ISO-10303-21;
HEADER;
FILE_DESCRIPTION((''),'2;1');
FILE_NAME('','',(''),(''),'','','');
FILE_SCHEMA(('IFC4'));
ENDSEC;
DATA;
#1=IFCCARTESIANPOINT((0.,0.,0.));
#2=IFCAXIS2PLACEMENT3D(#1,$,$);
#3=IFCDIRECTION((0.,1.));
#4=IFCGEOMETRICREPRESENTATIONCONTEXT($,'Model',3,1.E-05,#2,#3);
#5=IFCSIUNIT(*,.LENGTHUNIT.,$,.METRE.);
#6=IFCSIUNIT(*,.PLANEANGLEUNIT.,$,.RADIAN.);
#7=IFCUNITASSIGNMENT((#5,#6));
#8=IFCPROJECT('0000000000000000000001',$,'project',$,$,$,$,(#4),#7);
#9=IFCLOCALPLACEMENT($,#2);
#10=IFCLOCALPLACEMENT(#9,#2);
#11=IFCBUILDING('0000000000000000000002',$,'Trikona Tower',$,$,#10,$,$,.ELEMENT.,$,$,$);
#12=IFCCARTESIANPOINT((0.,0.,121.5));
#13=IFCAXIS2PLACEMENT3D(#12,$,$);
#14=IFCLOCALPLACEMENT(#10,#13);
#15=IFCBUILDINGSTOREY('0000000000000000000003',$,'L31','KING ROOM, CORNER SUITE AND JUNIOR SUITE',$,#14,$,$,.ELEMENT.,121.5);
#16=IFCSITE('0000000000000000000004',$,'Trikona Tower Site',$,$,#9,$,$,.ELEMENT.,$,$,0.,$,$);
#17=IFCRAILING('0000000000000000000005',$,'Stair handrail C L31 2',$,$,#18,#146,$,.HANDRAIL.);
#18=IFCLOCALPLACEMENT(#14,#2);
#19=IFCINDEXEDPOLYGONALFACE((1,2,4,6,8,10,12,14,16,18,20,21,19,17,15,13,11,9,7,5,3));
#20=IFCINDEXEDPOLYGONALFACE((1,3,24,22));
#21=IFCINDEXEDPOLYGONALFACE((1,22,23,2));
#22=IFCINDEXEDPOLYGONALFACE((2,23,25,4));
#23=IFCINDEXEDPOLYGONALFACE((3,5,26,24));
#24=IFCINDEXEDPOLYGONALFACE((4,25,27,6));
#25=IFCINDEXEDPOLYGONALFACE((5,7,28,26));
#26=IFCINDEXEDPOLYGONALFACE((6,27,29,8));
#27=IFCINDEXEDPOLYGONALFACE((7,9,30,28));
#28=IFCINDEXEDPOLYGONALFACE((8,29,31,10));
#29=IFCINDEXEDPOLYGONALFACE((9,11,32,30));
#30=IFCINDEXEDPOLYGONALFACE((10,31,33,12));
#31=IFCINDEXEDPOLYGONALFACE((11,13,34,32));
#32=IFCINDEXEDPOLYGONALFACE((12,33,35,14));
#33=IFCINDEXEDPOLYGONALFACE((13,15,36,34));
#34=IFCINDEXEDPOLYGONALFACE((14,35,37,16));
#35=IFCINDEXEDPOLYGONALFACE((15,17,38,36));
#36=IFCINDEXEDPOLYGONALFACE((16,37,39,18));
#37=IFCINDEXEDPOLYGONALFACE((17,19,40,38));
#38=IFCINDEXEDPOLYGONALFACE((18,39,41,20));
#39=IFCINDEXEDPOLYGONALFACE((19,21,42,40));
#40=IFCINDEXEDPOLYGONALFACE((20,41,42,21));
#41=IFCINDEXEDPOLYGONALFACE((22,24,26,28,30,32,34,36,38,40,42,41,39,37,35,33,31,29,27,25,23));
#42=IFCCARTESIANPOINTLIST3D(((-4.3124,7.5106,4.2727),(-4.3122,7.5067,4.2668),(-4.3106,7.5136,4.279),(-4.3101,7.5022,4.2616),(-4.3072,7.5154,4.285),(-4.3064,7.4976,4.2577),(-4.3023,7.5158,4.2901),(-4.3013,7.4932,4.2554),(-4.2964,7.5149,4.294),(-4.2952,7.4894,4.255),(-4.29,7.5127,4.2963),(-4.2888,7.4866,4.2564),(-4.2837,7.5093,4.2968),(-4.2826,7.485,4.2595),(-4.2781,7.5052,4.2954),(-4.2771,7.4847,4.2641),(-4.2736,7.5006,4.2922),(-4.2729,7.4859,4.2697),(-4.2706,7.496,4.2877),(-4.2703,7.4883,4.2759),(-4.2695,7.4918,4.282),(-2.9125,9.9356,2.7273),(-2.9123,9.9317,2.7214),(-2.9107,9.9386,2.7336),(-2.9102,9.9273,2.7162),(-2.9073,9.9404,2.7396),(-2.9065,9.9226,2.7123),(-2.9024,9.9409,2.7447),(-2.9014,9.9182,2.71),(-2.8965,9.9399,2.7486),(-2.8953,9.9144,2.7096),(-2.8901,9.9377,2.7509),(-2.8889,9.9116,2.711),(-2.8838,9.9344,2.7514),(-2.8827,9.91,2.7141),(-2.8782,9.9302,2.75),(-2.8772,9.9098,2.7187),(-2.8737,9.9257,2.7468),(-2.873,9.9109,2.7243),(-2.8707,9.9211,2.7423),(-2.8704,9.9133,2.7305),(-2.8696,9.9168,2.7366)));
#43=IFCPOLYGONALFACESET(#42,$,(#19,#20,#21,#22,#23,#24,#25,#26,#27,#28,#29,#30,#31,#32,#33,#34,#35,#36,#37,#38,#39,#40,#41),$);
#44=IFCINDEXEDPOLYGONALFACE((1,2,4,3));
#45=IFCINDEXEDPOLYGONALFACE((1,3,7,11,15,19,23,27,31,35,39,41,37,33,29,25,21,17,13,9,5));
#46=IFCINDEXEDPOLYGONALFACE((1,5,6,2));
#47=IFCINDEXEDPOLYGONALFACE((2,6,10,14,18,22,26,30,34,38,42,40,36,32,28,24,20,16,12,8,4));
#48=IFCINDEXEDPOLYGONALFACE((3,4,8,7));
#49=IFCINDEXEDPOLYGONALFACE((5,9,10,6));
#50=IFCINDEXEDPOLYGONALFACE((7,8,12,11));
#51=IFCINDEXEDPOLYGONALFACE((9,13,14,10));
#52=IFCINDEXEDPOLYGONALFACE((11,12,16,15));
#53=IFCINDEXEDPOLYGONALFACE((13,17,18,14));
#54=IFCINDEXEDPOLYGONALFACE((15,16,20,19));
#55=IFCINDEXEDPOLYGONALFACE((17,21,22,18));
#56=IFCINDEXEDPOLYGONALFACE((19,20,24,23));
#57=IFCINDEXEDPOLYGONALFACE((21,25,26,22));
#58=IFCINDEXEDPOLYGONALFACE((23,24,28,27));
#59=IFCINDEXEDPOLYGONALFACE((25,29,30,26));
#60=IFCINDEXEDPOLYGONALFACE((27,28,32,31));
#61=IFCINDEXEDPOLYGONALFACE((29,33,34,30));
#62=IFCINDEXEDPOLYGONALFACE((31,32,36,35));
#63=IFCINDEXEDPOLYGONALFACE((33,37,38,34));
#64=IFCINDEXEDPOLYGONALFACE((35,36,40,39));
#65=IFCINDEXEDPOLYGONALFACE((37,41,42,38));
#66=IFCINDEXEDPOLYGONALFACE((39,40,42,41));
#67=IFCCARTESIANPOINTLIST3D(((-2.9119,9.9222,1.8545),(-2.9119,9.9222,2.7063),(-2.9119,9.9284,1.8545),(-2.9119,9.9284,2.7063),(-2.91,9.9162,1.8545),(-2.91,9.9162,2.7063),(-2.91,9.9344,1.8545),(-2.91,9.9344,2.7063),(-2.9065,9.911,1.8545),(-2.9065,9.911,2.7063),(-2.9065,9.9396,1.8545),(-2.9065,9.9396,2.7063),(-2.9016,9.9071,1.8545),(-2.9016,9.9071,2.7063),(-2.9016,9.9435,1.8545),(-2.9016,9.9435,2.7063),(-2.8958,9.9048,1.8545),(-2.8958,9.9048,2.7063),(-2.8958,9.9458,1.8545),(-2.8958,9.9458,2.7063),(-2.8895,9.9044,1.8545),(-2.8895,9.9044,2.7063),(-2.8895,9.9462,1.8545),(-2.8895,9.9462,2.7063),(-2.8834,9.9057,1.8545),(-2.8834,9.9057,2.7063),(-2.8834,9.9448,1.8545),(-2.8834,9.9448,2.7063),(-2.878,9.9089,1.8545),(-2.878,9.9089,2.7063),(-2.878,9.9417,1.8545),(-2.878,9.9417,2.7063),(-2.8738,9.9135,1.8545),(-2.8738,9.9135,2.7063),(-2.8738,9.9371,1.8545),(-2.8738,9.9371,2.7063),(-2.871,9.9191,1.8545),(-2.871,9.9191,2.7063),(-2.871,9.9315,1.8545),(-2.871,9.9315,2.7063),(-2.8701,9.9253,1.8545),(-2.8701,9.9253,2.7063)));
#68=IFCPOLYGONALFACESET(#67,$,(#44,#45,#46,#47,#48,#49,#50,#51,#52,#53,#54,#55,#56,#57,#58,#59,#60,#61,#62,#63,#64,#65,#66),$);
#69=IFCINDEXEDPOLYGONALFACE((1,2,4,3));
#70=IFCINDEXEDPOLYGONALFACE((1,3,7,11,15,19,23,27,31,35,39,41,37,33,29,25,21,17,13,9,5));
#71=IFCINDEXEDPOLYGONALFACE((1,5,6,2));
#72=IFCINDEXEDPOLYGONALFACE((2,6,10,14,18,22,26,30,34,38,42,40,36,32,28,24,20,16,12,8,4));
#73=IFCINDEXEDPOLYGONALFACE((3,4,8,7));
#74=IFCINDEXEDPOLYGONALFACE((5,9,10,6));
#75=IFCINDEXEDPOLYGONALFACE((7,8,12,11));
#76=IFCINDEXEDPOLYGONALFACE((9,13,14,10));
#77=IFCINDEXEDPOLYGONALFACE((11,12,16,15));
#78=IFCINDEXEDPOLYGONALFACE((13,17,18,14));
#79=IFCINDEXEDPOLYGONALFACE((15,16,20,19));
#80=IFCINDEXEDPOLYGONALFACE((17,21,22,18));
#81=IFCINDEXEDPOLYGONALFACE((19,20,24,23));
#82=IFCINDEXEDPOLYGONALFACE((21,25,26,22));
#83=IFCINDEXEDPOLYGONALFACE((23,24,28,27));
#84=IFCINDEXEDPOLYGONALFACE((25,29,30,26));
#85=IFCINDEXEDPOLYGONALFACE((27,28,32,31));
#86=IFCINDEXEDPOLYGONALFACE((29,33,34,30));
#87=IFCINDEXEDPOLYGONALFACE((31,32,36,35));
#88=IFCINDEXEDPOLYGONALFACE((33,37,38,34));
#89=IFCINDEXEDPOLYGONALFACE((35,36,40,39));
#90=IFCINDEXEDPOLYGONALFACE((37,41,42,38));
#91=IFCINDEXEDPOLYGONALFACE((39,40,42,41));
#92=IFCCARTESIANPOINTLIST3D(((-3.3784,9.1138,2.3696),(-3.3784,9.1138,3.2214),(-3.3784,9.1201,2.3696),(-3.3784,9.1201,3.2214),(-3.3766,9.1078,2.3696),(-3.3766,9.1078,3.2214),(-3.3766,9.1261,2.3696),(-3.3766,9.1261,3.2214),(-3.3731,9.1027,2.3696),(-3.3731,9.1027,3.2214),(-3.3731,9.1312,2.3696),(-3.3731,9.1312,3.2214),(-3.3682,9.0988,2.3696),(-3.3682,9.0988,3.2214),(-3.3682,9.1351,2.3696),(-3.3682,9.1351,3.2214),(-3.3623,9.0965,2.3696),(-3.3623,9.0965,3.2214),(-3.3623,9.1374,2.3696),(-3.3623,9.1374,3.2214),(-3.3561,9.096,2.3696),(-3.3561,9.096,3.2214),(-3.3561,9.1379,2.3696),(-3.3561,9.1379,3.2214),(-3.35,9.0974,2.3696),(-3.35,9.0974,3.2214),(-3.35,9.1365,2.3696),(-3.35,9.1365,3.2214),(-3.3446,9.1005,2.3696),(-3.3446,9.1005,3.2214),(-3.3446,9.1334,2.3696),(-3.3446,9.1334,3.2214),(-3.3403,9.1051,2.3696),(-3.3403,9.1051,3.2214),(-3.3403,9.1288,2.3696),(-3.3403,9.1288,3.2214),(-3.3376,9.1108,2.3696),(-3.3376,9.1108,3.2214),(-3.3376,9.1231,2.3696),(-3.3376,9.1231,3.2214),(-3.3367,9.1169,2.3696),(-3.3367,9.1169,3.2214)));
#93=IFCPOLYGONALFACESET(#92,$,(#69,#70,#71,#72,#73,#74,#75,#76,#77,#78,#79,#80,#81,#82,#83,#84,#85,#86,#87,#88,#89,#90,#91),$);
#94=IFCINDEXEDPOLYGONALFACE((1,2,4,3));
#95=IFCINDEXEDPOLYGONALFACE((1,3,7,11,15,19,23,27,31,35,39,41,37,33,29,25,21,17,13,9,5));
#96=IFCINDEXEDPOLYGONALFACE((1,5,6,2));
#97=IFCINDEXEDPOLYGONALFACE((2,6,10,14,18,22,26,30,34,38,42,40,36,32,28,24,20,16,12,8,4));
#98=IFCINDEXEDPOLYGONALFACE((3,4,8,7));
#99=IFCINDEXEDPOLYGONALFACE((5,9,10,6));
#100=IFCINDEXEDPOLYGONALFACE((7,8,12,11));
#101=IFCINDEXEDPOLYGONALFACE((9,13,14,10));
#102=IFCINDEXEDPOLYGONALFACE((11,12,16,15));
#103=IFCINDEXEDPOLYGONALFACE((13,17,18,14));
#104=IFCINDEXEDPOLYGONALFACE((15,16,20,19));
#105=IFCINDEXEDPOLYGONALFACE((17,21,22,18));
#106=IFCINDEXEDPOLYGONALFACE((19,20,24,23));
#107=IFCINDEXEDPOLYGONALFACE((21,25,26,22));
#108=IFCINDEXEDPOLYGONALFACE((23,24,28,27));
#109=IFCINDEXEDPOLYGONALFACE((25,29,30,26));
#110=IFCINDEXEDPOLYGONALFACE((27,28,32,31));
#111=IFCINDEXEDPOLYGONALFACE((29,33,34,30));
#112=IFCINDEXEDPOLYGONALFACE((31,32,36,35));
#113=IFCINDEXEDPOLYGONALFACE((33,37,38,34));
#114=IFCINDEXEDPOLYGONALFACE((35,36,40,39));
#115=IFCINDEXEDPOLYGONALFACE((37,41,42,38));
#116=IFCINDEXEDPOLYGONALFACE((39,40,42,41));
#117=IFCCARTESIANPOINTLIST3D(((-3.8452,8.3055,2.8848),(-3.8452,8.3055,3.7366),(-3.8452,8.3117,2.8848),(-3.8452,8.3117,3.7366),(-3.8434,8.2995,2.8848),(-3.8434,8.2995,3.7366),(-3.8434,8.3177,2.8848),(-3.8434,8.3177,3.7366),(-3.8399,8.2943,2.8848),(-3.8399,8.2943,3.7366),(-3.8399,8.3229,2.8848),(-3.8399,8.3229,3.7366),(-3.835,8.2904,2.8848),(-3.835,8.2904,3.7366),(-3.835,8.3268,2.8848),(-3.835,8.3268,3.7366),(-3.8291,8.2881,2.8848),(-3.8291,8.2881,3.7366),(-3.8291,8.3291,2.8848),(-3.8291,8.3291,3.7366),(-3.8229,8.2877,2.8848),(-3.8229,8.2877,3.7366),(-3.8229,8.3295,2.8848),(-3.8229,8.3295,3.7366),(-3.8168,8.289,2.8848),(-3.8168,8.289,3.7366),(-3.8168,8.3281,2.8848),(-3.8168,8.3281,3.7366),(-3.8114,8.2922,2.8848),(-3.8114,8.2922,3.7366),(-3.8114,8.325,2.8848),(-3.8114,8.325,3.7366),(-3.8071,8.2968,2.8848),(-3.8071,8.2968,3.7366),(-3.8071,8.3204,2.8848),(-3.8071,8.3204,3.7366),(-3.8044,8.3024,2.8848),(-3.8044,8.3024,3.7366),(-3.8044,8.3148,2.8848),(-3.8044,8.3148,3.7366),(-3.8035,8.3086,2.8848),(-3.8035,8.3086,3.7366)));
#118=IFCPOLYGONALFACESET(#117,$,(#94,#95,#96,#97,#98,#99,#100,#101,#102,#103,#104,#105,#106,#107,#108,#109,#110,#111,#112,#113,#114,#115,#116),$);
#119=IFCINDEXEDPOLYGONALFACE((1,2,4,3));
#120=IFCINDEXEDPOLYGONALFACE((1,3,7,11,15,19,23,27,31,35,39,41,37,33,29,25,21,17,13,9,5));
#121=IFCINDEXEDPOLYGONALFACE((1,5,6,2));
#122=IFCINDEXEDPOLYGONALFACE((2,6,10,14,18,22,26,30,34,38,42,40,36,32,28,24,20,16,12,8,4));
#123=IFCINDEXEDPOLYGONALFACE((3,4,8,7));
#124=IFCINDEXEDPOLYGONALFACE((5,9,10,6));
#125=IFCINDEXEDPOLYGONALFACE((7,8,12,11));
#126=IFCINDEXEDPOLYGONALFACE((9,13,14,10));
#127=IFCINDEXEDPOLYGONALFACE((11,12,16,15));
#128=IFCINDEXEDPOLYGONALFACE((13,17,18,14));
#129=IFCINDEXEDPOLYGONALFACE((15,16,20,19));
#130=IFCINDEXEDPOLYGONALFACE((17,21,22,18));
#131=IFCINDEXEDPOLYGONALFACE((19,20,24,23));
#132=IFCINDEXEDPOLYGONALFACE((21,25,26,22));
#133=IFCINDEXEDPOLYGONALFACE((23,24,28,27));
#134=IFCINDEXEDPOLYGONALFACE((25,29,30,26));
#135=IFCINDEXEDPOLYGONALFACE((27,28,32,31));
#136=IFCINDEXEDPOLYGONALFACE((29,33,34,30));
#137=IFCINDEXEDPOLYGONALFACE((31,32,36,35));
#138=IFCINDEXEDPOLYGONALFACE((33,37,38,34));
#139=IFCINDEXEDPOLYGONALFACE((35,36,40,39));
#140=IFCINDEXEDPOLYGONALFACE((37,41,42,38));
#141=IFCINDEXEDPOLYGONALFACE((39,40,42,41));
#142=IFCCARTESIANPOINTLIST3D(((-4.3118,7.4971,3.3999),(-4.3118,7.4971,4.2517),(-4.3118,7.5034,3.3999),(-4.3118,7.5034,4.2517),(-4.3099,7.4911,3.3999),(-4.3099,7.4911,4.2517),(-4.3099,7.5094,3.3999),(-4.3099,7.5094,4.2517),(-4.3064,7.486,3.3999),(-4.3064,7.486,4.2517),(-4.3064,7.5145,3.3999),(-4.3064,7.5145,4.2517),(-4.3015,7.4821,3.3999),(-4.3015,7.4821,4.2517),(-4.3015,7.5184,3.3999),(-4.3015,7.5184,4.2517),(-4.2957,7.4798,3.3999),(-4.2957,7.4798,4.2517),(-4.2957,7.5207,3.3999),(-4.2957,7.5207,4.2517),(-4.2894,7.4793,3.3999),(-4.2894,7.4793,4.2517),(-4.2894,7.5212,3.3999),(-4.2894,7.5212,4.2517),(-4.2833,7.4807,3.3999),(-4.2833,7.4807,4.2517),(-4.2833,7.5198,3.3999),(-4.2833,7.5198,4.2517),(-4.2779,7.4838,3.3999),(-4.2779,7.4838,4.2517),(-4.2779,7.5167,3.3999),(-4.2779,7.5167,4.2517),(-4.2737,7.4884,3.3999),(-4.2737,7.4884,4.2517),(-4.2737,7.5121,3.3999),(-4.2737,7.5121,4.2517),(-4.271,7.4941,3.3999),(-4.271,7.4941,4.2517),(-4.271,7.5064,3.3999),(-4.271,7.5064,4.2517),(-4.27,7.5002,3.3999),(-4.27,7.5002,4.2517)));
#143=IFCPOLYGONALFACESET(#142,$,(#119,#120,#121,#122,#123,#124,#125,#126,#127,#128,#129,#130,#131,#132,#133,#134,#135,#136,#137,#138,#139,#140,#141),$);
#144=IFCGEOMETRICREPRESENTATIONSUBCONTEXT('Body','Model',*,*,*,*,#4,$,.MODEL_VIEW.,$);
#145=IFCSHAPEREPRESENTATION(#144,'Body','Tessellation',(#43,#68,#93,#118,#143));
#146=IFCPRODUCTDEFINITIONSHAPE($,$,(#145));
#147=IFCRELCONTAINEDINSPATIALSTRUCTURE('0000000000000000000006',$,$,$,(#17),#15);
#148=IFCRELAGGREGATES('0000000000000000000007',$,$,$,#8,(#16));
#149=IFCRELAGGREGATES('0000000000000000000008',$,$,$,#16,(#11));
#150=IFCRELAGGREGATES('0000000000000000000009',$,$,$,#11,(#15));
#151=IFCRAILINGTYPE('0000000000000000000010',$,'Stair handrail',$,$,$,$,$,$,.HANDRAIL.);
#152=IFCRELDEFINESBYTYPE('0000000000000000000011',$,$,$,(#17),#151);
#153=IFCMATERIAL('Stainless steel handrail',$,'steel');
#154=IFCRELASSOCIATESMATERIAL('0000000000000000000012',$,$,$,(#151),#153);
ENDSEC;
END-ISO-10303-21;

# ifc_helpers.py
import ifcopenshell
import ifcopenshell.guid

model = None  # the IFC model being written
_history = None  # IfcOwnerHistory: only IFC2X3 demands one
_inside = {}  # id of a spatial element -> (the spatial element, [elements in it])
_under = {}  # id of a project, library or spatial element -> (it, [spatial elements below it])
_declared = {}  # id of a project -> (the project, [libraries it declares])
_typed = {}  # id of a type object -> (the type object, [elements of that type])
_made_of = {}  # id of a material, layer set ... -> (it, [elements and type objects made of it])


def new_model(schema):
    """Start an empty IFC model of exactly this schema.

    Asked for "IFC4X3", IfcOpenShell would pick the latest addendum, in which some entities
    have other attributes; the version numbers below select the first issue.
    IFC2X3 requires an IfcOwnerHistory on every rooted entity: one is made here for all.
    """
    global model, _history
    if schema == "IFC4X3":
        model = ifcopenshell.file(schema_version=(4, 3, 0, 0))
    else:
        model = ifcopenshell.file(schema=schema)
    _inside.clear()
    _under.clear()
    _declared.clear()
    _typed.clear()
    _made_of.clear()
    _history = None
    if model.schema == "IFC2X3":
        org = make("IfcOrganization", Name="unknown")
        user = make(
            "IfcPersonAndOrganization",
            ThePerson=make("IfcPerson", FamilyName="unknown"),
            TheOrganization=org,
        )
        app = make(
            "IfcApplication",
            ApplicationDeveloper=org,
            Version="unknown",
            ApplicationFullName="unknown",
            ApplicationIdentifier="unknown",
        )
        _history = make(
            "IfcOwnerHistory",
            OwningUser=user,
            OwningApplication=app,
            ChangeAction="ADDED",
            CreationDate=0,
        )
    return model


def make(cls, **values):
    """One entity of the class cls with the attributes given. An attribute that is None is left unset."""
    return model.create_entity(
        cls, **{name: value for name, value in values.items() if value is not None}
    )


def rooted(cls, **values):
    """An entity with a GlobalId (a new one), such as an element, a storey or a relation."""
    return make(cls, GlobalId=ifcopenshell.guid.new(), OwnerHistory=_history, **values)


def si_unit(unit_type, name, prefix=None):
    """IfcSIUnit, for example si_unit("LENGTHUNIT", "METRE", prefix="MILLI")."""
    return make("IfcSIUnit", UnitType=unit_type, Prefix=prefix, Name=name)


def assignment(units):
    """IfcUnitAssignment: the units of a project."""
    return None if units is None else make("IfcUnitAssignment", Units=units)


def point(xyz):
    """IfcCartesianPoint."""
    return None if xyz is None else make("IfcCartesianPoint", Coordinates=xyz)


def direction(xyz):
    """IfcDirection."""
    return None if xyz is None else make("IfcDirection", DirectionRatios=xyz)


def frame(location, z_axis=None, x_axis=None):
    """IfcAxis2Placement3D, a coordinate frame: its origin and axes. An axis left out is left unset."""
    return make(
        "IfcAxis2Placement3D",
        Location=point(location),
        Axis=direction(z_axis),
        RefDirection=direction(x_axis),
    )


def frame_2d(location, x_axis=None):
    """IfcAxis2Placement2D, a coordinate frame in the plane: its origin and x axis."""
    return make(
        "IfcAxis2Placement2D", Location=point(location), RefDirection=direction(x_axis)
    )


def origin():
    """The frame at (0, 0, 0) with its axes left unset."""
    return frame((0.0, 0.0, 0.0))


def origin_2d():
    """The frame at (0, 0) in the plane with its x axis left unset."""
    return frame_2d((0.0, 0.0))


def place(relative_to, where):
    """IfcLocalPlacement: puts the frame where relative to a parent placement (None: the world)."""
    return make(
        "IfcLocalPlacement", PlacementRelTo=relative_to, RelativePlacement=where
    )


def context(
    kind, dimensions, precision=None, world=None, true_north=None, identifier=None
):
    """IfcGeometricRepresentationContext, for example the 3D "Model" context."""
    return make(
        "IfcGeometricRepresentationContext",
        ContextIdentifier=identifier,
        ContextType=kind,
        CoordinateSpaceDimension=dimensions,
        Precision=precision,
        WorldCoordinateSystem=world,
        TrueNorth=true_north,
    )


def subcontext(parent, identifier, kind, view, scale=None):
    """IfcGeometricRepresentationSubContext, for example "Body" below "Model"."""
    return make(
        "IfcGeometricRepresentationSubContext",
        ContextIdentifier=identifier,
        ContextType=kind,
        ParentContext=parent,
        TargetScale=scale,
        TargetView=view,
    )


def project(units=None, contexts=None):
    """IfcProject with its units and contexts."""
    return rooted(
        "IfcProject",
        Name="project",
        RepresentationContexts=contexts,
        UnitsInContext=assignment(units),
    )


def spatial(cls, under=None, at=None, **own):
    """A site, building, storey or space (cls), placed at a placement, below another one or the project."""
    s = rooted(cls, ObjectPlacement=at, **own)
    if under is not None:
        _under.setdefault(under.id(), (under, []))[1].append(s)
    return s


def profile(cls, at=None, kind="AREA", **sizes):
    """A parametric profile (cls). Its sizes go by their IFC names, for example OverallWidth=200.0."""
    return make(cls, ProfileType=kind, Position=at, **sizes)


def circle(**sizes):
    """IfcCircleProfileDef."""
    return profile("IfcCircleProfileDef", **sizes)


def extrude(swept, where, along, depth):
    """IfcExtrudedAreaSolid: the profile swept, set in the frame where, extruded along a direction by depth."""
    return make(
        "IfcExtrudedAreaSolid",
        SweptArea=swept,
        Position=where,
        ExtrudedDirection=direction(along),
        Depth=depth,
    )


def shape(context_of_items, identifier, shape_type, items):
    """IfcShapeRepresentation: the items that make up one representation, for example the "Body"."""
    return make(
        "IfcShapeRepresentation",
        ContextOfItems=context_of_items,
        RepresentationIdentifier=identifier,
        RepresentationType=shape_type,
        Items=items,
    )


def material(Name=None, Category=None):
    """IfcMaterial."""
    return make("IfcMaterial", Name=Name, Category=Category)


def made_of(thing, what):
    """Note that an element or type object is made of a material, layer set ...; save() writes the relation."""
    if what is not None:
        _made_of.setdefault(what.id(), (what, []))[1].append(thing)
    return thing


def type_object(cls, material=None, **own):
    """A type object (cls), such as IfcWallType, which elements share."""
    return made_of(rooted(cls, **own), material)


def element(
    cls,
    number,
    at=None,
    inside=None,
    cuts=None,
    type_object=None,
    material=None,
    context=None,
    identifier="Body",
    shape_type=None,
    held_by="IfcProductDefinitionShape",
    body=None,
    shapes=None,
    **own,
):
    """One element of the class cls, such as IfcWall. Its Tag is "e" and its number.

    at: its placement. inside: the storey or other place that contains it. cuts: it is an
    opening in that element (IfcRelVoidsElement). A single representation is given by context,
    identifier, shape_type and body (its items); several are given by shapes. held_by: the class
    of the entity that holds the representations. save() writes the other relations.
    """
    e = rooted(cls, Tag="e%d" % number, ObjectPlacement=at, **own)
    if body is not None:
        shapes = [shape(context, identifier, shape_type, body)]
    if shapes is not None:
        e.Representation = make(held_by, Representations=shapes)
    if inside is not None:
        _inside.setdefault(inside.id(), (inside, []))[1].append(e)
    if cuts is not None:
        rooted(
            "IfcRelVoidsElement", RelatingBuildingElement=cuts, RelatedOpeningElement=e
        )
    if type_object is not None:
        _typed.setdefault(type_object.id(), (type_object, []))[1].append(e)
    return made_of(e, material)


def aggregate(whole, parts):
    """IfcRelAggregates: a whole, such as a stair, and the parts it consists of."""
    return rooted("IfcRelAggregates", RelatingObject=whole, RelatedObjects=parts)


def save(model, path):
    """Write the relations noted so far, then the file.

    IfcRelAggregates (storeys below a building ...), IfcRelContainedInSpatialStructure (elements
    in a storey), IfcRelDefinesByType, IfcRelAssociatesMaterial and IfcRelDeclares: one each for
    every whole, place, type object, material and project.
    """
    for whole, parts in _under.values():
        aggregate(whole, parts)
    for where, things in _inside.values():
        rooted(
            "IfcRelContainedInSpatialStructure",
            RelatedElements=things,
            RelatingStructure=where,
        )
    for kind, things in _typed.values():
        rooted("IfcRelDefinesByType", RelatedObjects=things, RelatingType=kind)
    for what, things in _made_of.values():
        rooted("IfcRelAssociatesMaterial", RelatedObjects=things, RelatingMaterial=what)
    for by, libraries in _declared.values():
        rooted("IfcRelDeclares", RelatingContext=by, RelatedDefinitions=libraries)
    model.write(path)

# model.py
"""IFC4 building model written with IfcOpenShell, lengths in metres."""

from ifc_helpers import new_model, si_unit, direction, frame, origin, origin_2d, place, context, subcontext, project, spatial, circle, extrude, material, type_object, element, save


model = new_model("IFC4")

# Units and contexts
model_context = context("Model", 3, precision=1e-05, world=origin(), true_north=direction((0.0, 1.0)))
body_context = subcontext(model_context, "Body", "Model", "MODEL_VIEW")
ifc_project = project(units=[si_unit("LENGTHUNIT", "METRE"), si_unit("PLANEANGLEUNIT", "RADIAN")], contexts=[model_context])

# Site, building, storey
site_placement = place(None, origin())
site = spatial("IfcSite", under=ifc_project, at=site_placement, Name="Trikona Tower Site", CompositionType="ELEMENT", RefElevation=0.0)
building_placement = place(site_placement, origin())
building = spatial("IfcBuilding", under=site, at=building_placement, Name="Trikona Tower", CompositionType="ELEMENT")
storey_placement = place(building_placement, frame((0.0, 0.0, 121.5)))
storey = spatial("IfcBuildingStorey", under=building, at=storey_placement, Name="L31", Description="KING ROOM, CORNER SUITE AND JUNIOR SUITE", CompositionType="ELEMENT", Elevation=121.5)

# Railing
ifc_material_1 = material(Name="Stainless steel handrail", Category="steel")
railing_type = type_object("IfcRailingType", Name="Stair handrail", PredefinedType="HANDRAIL", material=ifc_material_1)
railing_1_placement = place(storey_placement, frame((-2.8911, 9.9253, 1.8545)))
element("IfcRailing", 1, at=railing_1_placement, inside=storey, type_object=railing_type, Name="Stair handrail C L31 2", PredefinedType="HANDRAIL", context=body_context, shape_type="SweptSolid", body=[
    extrude(circle(Radius=0.0239, at=origin_2d()), frame((0.0, 0.0, 0.876), z_axis=(-0.437707, -0.75824, 0.483203), x_axis=(0.866056, -0.499946, 0.0)), (0.0, 0.0, 1.0), 3.1982),
    extrude(circle(Radius=0.021, at=origin_2d()), origin(), (0.0, 0.0, 1.0), 0.8518),
    extrude(circle(Radius=0.021, at=origin_2d()), frame((-0.4666, -0.8083, 0.5151)), (0.0, 0.0, 1.0), 0.8518),
    extrude(circle(Radius=0.021, at=origin_2d()), frame((-0.9333, -1.6167, 1.0303)), (0.0, 0.0, 1.0), 0.8518),
    extrude(circle(Radius=0.021, at=origin_2d()), frame((-1.3999, -2.425, 1.5454)), (0.0, 0.0, 1.0), 0.8518),
])

save(model, "model.ifc")
